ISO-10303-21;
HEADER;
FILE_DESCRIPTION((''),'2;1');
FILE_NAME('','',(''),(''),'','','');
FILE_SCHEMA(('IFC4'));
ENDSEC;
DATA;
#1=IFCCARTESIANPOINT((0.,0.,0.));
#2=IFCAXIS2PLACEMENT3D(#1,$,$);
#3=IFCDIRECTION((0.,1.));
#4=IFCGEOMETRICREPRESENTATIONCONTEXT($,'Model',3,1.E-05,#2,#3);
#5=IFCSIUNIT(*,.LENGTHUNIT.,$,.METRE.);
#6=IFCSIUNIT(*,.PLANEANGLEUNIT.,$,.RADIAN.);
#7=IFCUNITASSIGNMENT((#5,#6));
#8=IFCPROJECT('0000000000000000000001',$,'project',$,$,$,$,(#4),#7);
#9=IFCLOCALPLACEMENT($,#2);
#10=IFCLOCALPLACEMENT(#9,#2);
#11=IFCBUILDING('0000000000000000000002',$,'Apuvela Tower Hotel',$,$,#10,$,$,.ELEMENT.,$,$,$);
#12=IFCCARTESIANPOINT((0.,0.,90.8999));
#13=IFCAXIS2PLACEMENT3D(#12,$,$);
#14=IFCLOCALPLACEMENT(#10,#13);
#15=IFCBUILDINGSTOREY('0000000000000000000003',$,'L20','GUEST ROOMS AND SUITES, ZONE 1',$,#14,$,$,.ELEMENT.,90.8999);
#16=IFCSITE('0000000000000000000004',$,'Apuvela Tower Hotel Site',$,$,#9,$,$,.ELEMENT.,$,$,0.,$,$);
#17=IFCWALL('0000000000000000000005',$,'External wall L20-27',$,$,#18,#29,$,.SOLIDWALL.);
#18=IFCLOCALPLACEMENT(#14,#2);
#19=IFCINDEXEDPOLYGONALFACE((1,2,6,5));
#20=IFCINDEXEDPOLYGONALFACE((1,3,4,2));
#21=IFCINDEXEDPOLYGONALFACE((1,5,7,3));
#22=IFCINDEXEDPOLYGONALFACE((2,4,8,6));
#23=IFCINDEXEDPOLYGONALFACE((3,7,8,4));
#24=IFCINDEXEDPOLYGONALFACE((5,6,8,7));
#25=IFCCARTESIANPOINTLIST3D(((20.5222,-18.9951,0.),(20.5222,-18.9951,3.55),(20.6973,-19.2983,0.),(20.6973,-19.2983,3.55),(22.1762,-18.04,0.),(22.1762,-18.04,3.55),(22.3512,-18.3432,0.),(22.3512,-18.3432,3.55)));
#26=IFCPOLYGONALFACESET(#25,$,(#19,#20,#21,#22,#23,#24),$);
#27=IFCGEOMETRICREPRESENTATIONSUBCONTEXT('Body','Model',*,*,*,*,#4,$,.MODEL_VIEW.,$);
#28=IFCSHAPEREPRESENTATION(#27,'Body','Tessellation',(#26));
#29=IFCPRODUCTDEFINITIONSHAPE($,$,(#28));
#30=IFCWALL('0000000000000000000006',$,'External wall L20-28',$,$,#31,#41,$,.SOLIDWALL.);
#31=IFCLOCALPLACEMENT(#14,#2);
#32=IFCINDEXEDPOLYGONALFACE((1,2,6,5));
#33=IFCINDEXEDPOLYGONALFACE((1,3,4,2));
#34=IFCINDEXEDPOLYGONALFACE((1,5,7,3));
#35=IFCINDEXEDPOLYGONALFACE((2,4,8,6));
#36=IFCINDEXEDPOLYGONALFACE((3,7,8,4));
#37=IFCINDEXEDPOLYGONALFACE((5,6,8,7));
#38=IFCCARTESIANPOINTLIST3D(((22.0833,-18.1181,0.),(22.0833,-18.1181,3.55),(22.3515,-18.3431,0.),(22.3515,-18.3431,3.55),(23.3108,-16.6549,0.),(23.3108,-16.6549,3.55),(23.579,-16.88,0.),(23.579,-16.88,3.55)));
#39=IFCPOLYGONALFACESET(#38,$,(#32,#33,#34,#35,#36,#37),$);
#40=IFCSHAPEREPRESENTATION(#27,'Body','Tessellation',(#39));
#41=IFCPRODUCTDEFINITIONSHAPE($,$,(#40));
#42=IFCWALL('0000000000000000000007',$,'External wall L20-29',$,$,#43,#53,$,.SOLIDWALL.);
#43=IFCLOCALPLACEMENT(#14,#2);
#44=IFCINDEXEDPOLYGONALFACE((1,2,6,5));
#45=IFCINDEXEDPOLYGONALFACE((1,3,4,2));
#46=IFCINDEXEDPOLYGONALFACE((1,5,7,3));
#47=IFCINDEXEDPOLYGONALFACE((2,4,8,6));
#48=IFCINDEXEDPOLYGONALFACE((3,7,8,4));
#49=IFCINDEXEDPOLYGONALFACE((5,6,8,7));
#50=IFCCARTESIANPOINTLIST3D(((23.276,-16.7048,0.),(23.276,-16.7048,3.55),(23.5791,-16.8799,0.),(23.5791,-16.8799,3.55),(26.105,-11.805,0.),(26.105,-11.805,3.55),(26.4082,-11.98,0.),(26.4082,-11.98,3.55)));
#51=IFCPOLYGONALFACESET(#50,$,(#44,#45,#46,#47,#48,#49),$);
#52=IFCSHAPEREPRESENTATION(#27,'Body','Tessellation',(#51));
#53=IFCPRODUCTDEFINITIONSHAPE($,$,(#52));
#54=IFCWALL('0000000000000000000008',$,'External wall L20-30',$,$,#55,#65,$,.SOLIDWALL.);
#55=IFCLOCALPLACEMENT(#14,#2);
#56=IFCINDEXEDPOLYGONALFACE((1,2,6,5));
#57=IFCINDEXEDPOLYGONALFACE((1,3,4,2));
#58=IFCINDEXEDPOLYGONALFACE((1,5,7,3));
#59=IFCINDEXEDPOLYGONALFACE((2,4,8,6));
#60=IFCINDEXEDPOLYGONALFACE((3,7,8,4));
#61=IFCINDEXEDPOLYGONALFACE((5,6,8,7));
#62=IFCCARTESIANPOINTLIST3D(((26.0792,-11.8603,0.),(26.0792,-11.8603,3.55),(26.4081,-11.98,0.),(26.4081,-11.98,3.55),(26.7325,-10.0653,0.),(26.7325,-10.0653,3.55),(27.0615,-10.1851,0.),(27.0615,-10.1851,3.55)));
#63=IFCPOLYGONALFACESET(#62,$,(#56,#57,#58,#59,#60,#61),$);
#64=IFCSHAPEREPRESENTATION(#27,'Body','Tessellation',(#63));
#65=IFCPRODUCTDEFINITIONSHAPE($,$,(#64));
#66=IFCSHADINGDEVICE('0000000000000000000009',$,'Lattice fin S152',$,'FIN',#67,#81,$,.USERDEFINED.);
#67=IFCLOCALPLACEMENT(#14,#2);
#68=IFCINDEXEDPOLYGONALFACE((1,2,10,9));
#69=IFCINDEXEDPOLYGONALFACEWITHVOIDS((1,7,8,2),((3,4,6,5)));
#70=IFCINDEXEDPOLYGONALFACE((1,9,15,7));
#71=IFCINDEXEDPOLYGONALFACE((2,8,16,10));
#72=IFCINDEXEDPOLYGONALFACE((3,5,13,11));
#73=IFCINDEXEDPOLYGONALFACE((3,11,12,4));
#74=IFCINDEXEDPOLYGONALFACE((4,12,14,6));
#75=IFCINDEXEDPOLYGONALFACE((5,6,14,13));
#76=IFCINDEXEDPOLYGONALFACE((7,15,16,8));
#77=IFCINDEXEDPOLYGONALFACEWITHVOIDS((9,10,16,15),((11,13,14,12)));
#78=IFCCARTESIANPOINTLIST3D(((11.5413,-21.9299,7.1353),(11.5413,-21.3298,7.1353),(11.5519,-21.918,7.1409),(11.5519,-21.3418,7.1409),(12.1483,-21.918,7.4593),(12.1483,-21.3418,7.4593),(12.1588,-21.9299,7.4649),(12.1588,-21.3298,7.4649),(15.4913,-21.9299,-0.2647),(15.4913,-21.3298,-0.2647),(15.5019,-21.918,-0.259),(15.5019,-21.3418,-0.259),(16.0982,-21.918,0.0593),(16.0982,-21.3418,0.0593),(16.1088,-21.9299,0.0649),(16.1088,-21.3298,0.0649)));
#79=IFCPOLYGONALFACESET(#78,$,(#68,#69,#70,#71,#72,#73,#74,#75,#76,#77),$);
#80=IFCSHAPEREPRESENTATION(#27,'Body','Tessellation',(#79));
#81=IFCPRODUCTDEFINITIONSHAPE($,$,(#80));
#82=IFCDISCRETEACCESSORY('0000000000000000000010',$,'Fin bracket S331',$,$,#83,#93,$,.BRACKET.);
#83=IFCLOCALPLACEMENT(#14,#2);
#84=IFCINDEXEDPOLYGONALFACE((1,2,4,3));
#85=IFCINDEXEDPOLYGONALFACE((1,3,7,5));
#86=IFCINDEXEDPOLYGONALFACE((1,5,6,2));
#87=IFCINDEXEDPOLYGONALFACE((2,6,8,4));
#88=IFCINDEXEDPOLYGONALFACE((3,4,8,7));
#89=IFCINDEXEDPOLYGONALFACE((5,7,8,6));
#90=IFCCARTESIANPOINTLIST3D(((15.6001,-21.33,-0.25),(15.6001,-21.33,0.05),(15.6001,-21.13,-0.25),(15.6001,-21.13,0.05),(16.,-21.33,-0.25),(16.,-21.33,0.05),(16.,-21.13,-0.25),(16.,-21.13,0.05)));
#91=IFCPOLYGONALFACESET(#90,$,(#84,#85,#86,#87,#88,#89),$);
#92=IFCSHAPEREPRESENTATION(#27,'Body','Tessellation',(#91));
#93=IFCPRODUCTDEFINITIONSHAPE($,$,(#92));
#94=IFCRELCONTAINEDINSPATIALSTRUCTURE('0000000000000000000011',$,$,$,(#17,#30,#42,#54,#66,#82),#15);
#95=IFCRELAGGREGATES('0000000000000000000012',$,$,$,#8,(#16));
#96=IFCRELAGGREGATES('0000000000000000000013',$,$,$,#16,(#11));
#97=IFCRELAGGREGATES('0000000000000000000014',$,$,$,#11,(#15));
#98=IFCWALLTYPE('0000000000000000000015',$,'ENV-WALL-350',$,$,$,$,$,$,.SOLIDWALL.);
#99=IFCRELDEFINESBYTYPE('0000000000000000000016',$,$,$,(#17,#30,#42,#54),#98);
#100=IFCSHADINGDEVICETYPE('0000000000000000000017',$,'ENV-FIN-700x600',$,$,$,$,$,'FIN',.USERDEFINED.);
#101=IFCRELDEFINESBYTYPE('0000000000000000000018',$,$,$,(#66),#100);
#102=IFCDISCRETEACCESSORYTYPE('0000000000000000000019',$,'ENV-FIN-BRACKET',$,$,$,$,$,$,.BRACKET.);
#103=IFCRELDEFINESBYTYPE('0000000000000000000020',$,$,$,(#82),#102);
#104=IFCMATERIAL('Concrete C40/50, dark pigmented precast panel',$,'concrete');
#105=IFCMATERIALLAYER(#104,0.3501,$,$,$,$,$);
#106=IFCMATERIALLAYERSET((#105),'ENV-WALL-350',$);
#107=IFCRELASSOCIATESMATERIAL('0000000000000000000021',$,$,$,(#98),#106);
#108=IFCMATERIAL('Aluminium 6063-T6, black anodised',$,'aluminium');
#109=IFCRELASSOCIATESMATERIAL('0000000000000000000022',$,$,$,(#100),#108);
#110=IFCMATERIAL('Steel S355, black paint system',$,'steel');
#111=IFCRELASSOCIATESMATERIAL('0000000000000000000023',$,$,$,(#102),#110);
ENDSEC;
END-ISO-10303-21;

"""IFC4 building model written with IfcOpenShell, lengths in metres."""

from ifc_helpers import new_model, si_unit, direction, frame, frame_2d, origin, origin_2d, place, context, subcontext, project, spatial, rectangle, hollow_rectangle, extrude, material, layer, layer_set, material_profile, profile_set, type_object, element, save


model = new_model("IFC4")

# Units and contexts
model_context = context("Model", 3, precision=1e-05, world=origin(), true_north=direction((0.0, 1.0)))
body_context = subcontext(model_context, "Body", "Model", "MODEL_VIEW")
ifc_project = project(units=[si_unit("LENGTHUNIT", "METRE"), si_unit("PLANEANGLEUNIT", "RADIAN")], contexts=[model_context])

# Site, building, storey
site_placement = place(None, origin())
site = spatial("IfcSite", under=ifc_project, at=site_placement, Name="Apuvela Tower Hotel Site", CompositionType="ELEMENT", RefElevation=0.0)
building_placement = place(site_placement, origin())
building = spatial("IfcBuilding", under=site, at=building_placement, Name="Apuvela Tower Hotel", CompositionType="ELEMENT")
storey_placement = place(building_placement, frame((0.0, 0.0, 90.8999)))
storey = spatial("IfcBuildingStorey", under=building, at=storey_placement, Name="L20", Description="GUEST ROOMS AND SUITES, ZONE 1", CompositionType="ELEMENT", Elevation=90.8999)

# Shared definitions
ifc_material_1 = material(Name="Concrete C40/50, dark pigmented precast panel", Category="concrete")
ifc_layer_1 = layer(ifc_material_1, 0.3501)
ifc_layer_set_1 = layer_set([ifc_layer_1], Name="ENV-WALL-350")
wall_type_1 = type_object("IfcWallType", Name="ENV-WALL-350", PredefinedType="SOLIDWALL", material=ifc_layer_set_1)

# Walls
for number, where, z_axis, x_axis, name in (
    (1, (20.6096, -19.1467, 0.0), (0.0, 0.0, 1.0), (0.866, 0.500043, 0.0), "External wall L20-27"),
    (2, (22.2173, -18.2307, 0.0), (0.0, 0.0, 1.0), (0.642733, 0.76609, 0.0), "External wall L20-28"),
):
    element("IfcWall", number, at=place(storey_placement, frame(where, z_axis=z_axis, x_axis=x_axis)), inside=storey, type_object=wall_type_1, Name=name, PredefinedType="SOLIDWALL", context=body_context, shape_type="SweptSolid", body=[
        extrude(rectangle(XDim=1.9099, YDim=0.3501, at=frame_2d((0.9551, 0.0))), origin(), (0.0, 0.0, 1.0), 3.55),
    ])
wall_1_placement = place(storey_placement, frame((23.4275, -16.7925, 0.0), z_axis=(0.0, 0.0, 1.0), x_axis=(0.500019, 0.866015, 0.0)))
element("IfcWall", 3, at=wall_1_placement, inside=storey, type_object=wall_type_1, Name="External wall L20-29", PredefinedType="SOLIDWALL", context=body_context, shape_type="SweptSolid", body=[
    extrude(rectangle(XDim=5.658, YDim=0.3501, at=frame_2d((2.8291, 0.0))), origin(), (0.0, 0.0, 1.0), 3.55),
])
wall_2_placement = place(storey_placement, frame((26.2437, -11.9202, 0.0), z_axis=(0.0, 0.0, 1.0), x_axis=(0.34203, 0.939689, 0.0)))
element("IfcWall", 4, at=wall_2_placement, inside=storey, type_object=wall_type_1, Name="External wall L20-30", PredefinedType="SOLIDWALL", context=body_context, shape_type="SweptSolid", body=[
    extrude(rectangle(XDim=1.9102, YDim=0.3501, at=frame_2d((0.9551, 0.0))), origin(), (0.0, 0.0, 1.0), 3.55),
])

# Shading device
ifc_material_2 = material(Name="Aluminium 6063-T6, black anodised", Category="aluminium")
ifc_material_profile_1 = material_profile(ifc_material_2, hollow_rectangle(XDim=0.6001, YDim=0.7, WallThickness=0.012, at=origin_2d()), Name="AL BOX 700x600x12")
ifc_profile_set_1 = profile_set([ifc_material_profile_1], Name="Aluminium 6063-T6, black anodised")
shading_device_type = type_object("IfcShadingDeviceType", Name="ENV-FIN-700x600", ElementType="FIN", PredefinedType="USERDEFINED", material=ifc_profile_set_1)
shading_device_placement = place(storey_placement, frame((15.8, -21.6299, -0.0999), z_axis=(-0.470898, 0.0, 0.882188), x_axis=(0.0, -1.0, 0.0)))
element("IfcShadingDevice", 5, at=shading_device_placement, inside=storey, type_object=shading_device_type, Name="Lattice fin S152", ObjectType="FIN", PredefinedType="USERDEFINED", context=body_context, shape_type="SweptSolid", body=[
    extrude(hollow_rectangle(XDim=0.6001, YDim=0.7, WallThickness=0.012, at=origin_2d()), origin(), (0.0, 0.0, 1.0), 8.3882),
])

# Discrete accessory
ifc_material_3 = material(Name="Steel S355, black paint system", Category="steel")
discrete_accessory_type = type_object("IfcDiscreteAccessoryType", Name="ENV-FIN-BRACKET", PredefinedType="BRACKET", material=ifc_material_3)
discrete_accessory_placement = place(storey_placement, frame((15.8, -21.23, -0.25), z_axis=(0.0, 0.0, 1.0), x_axis=(1.0, 0.0, 0.0)))
element("IfcDiscreteAccessory", 6, at=discrete_accessory_placement, inside=storey, type_object=discrete_accessory_type, Name="Fin bracket S331", PredefinedType="BRACKET", context=body_context, shape_type="SweptSolid", body=[
    extrude(rectangle(XDim=0.3999, YDim=0.2, at=origin_2d()), origin(), (0.0, 0.0, 1.0), 0.3),
])

save(model, "model.ifc")
